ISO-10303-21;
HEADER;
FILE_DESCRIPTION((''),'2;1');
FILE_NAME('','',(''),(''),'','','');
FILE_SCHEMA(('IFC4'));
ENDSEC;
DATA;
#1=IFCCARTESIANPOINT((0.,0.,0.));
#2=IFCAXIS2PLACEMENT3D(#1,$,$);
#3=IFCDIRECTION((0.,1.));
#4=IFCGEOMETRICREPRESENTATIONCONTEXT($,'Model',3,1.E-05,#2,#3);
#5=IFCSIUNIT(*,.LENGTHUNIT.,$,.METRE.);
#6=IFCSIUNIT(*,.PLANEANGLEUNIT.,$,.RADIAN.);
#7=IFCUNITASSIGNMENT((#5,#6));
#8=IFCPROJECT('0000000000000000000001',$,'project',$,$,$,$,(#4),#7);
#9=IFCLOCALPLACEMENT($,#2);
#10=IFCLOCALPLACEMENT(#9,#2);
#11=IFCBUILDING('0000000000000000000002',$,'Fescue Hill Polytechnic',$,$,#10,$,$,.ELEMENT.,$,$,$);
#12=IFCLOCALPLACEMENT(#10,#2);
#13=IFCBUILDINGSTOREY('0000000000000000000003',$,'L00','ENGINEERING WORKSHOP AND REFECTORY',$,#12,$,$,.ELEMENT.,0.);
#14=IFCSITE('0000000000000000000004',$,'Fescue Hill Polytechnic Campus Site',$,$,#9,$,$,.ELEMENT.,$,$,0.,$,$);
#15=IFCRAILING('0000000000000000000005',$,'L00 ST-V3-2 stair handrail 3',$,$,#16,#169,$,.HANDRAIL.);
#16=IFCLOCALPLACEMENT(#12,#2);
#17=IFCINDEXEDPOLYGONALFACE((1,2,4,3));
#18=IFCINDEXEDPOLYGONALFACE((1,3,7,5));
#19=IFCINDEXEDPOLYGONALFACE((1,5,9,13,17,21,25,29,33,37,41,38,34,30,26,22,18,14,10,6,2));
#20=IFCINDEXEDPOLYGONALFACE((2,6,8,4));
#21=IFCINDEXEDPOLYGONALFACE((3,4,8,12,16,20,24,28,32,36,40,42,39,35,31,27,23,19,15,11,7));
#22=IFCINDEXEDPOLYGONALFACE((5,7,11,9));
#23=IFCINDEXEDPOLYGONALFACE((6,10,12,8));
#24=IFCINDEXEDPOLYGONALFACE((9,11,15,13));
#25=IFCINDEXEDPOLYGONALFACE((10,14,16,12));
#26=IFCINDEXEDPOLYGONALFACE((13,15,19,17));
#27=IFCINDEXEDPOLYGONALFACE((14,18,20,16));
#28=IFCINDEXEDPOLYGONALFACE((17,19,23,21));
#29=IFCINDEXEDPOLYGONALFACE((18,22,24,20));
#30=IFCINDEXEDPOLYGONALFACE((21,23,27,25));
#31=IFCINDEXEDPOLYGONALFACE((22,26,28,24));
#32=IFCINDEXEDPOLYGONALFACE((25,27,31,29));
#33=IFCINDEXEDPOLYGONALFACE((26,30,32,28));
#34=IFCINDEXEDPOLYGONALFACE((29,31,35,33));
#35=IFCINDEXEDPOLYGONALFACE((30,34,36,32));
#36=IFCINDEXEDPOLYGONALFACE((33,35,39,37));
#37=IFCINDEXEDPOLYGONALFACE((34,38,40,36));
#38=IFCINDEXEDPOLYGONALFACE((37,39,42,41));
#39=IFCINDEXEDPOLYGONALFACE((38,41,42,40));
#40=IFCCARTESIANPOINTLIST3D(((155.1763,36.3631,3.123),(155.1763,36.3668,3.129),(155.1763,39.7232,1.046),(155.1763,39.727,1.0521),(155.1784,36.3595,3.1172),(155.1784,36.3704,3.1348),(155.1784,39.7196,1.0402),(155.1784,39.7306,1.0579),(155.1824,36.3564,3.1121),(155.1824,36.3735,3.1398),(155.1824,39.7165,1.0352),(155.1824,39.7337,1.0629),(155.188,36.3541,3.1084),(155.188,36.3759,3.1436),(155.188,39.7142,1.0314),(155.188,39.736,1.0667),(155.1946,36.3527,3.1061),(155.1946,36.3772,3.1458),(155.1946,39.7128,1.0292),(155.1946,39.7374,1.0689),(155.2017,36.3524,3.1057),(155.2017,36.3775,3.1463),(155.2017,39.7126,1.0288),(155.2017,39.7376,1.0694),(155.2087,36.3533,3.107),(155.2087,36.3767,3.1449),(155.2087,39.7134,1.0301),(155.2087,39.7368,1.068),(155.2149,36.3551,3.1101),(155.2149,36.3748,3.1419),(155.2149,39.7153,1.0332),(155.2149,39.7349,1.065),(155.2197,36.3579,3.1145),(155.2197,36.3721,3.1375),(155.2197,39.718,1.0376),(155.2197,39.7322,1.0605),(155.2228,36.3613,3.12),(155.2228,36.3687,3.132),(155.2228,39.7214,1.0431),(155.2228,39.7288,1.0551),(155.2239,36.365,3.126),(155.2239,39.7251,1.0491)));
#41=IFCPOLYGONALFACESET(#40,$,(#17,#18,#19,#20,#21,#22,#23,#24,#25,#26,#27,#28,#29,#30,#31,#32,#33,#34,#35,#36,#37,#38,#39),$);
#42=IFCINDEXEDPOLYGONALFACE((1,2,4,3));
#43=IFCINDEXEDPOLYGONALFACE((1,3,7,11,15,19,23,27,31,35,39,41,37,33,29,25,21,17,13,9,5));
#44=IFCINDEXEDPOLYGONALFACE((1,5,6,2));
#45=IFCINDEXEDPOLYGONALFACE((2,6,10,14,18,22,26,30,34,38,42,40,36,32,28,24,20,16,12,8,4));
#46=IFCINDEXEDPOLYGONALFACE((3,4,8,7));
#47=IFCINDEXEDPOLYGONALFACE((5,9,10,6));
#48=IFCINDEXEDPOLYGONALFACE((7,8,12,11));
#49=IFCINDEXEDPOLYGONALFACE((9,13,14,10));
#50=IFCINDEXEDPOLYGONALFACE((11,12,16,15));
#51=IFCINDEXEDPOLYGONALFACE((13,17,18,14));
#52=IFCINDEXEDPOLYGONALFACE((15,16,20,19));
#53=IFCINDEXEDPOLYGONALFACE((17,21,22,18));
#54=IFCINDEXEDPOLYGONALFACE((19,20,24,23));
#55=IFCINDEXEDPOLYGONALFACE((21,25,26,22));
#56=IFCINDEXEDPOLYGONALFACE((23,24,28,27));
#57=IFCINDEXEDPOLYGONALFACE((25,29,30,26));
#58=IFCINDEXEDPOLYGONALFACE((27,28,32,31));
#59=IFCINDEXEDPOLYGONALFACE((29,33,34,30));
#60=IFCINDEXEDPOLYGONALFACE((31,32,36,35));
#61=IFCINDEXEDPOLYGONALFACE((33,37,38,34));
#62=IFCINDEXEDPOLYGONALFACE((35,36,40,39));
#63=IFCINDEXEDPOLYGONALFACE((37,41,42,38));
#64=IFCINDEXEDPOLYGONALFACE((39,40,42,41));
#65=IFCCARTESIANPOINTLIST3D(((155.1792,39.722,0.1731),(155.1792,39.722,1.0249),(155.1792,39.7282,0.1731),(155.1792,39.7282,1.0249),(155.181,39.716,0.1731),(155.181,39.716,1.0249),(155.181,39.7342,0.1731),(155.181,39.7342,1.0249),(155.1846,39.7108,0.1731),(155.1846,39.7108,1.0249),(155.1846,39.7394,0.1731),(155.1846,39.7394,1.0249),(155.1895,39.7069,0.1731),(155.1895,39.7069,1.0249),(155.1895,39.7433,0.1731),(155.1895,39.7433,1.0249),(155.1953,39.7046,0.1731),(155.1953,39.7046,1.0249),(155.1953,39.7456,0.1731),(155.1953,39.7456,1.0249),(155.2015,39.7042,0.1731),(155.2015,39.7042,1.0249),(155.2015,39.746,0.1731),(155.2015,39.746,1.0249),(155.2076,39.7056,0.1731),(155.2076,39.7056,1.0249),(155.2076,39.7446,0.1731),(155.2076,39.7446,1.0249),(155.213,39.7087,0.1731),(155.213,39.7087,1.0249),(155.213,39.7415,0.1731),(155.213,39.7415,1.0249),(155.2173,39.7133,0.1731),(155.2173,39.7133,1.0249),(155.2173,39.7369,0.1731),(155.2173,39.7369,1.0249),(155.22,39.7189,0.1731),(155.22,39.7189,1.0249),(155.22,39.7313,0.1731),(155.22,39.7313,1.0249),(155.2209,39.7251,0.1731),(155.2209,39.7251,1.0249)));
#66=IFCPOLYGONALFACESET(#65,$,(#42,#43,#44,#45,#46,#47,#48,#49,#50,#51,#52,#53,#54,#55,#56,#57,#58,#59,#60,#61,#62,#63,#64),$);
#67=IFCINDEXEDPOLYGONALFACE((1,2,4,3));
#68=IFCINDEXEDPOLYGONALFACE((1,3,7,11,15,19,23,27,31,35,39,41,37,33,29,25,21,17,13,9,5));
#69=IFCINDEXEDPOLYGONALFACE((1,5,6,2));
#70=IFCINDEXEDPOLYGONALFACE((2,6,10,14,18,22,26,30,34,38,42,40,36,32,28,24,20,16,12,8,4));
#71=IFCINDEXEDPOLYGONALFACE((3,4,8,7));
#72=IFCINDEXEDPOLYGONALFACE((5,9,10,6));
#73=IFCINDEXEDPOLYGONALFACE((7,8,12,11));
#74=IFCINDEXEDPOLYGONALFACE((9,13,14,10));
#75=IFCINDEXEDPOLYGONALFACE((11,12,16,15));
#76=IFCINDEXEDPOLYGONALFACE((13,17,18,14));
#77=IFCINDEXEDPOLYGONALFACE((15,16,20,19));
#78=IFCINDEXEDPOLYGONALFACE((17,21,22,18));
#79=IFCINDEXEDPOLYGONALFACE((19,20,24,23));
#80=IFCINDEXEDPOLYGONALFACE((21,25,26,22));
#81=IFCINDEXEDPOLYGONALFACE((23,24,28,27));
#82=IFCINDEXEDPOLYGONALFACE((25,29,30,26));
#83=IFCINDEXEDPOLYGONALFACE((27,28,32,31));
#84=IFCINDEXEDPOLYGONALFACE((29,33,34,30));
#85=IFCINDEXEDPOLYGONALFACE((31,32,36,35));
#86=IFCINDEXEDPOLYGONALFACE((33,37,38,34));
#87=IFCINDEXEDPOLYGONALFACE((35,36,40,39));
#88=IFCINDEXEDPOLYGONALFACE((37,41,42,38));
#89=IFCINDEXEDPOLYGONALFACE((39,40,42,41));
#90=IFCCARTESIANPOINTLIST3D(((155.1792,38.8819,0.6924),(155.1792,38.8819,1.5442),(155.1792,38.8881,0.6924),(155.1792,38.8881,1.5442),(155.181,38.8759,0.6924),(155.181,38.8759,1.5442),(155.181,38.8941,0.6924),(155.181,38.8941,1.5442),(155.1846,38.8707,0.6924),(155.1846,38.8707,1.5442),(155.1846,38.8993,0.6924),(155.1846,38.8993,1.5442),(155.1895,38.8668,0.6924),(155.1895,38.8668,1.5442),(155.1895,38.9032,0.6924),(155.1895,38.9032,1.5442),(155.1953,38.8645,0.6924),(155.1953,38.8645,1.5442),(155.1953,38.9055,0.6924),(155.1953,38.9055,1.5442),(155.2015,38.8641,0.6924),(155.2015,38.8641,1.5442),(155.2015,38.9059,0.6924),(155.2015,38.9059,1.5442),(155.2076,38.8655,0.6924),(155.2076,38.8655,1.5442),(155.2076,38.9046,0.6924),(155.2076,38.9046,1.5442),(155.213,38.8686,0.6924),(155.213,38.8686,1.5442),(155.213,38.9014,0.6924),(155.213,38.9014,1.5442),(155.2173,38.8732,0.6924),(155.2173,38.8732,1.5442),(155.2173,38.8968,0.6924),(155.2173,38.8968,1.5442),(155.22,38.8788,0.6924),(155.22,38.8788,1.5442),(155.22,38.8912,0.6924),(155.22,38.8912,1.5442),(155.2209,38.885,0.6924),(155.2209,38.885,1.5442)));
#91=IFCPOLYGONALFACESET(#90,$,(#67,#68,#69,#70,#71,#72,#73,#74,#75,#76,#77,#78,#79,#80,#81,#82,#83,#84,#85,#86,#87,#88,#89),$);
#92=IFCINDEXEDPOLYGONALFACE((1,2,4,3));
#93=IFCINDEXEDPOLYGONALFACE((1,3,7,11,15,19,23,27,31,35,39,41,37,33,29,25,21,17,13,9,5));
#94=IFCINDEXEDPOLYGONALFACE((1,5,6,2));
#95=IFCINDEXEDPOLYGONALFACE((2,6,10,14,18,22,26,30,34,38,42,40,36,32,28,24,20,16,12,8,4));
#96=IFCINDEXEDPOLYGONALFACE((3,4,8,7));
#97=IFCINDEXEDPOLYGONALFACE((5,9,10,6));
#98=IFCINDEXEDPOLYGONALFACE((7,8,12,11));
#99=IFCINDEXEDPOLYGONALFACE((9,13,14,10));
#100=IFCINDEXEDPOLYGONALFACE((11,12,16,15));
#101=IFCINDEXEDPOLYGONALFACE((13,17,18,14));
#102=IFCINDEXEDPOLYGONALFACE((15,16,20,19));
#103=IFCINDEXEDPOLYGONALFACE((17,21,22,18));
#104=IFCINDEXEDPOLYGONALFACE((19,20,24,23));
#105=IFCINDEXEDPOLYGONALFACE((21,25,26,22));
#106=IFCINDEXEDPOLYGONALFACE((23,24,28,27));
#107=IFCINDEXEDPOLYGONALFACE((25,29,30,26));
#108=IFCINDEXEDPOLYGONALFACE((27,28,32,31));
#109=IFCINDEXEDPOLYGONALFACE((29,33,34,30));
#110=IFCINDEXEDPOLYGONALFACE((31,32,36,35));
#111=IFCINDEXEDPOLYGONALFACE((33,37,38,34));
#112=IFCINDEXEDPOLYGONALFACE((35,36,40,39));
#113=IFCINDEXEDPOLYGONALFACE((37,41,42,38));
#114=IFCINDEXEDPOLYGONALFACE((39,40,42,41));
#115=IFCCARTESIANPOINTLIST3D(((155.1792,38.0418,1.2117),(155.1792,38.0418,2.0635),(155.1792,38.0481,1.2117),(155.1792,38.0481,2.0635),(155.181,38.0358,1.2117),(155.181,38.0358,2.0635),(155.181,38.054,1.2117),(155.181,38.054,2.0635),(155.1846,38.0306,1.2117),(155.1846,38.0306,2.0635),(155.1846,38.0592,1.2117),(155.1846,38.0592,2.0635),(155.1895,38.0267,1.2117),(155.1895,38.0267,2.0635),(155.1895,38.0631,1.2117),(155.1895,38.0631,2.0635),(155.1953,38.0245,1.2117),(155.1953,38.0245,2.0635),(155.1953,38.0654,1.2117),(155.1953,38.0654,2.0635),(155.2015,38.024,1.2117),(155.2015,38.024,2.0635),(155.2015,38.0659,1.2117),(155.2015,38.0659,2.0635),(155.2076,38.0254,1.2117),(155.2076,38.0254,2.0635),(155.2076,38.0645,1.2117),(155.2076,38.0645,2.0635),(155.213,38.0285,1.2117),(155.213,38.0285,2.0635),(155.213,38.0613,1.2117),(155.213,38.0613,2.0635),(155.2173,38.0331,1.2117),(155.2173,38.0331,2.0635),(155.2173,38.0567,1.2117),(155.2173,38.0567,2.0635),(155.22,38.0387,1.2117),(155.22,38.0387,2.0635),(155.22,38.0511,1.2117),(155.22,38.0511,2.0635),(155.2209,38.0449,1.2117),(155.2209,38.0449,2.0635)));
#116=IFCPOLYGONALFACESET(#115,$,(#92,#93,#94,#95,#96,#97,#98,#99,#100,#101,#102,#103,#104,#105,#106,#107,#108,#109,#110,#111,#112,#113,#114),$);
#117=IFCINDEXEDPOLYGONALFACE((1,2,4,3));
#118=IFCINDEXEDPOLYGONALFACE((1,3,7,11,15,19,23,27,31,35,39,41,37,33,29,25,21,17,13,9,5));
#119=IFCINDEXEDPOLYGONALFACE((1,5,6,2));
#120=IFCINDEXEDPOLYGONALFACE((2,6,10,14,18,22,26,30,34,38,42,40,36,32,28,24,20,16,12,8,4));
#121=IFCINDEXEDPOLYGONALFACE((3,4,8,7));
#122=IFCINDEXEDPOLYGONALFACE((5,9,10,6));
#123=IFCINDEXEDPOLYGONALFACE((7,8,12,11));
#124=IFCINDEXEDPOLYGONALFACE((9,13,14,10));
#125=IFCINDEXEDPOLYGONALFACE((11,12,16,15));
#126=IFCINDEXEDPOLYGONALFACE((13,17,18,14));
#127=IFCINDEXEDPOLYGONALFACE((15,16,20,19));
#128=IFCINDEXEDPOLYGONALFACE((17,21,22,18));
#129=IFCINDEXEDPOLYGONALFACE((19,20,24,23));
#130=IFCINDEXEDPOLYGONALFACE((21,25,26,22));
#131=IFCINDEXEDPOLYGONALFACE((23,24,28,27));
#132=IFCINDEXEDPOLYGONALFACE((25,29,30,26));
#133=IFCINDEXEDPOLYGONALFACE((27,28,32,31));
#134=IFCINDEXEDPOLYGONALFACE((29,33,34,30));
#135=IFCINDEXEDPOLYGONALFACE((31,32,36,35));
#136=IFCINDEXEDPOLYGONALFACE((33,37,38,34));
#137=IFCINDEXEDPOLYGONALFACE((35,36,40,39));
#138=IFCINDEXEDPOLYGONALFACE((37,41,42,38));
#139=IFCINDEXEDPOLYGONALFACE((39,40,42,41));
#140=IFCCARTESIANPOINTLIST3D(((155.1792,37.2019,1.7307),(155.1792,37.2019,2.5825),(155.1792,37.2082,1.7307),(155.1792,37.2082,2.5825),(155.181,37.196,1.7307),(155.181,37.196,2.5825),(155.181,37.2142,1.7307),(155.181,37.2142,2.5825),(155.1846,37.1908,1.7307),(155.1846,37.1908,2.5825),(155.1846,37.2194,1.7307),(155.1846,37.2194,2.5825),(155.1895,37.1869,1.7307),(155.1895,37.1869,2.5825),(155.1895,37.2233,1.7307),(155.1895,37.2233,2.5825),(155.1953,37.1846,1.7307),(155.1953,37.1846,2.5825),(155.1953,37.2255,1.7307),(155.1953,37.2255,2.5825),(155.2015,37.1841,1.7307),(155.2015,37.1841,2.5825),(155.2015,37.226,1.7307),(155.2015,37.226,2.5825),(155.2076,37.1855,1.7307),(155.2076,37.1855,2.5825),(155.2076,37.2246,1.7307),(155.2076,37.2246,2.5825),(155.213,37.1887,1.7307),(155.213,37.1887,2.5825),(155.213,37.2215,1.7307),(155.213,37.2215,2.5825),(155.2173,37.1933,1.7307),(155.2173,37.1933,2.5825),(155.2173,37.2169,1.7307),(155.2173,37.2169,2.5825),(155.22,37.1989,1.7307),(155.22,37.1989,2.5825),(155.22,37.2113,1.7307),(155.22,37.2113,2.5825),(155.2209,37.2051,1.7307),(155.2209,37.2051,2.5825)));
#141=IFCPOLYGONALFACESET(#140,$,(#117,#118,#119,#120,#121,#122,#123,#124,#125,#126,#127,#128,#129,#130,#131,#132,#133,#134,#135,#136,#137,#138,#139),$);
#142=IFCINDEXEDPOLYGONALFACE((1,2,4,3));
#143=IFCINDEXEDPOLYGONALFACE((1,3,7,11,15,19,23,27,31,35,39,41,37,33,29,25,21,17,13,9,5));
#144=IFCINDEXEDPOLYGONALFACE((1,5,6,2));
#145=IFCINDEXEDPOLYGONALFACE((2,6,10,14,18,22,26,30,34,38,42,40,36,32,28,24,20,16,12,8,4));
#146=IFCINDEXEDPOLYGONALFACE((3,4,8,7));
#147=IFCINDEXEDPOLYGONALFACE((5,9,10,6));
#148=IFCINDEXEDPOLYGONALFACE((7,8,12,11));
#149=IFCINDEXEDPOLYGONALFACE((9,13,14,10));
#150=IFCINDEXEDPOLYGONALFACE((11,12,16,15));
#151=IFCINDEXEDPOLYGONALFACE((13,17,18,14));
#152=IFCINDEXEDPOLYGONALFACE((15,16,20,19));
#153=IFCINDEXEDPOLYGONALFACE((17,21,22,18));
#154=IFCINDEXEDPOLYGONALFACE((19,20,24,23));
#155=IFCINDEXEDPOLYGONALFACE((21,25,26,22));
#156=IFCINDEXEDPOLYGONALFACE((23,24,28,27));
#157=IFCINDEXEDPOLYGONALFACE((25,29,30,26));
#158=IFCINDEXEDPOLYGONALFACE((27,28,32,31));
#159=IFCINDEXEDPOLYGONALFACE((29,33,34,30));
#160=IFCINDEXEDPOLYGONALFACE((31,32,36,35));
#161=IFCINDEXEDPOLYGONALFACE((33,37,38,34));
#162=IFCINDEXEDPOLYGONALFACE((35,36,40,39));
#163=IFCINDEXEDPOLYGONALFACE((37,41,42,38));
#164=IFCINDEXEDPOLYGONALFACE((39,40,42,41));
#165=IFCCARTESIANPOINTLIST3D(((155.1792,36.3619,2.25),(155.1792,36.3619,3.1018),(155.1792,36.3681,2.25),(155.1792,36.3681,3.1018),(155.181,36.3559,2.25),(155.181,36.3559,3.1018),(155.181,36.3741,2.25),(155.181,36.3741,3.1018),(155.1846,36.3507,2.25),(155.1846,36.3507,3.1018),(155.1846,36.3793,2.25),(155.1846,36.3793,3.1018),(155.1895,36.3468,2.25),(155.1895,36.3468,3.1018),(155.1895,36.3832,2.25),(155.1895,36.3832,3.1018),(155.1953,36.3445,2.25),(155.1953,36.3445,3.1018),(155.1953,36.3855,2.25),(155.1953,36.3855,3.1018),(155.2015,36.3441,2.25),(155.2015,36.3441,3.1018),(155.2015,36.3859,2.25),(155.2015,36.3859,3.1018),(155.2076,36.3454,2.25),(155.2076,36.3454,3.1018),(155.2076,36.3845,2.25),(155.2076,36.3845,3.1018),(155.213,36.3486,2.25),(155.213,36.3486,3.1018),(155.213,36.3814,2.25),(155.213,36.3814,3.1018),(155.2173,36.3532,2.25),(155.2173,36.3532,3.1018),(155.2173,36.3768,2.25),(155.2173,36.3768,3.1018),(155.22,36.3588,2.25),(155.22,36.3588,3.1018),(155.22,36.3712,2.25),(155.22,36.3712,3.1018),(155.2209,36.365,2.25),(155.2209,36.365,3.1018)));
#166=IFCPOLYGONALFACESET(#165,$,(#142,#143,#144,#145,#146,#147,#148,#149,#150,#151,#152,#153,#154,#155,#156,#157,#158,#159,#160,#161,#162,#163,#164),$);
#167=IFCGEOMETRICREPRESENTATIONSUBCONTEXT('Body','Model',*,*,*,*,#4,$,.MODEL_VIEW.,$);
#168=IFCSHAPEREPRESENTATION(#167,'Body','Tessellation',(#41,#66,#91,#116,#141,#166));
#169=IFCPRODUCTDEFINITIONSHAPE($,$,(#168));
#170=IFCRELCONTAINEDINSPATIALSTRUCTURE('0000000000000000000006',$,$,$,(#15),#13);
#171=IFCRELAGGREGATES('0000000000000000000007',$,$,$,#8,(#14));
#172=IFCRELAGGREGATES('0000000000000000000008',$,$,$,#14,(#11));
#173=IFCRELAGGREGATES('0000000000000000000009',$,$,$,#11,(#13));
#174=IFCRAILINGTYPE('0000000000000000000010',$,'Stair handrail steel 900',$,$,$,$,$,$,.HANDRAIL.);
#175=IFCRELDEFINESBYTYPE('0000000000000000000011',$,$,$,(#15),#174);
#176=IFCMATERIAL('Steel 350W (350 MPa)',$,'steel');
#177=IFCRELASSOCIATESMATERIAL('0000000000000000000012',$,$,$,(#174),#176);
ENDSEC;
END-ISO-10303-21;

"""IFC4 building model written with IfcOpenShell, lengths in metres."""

from ifc_helpers import new_model, si_unit, direction, frame, origin, origin_2d, place, context, subcontext, project, spatial, circle, extrude, material, type_object, element, save


model = new_model("IFC4")

# Units and contexts
model_context = context("Model", 3, precision=1e-05, world=origin(), true_north=direction((0.0, 1.0)))
body_context = subcontext(model_context, "Body", "Model", "MODEL_VIEW")
ifc_project = project(units=[si_unit("LENGTHUNIT", "METRE"), si_unit("PLANEANGLEUNIT", "RADIAN")], contexts=[model_context])

# Site, building, storey
site_placement = place(None, origin())
site = spatial("IfcSite", under=ifc_project, at=site_placement, Name="Fescue Hill Polytechnic Campus Site", CompositionType="ELEMENT", RefElevation=0.0)
building_placement = place(site_placement, origin())
building = spatial("IfcBuilding", under=site, at=building_placement, Name="Fescue Hill Polytechnic", CompositionType="ELEMENT")
storey_placement = place(building_placement, origin())
storey = spatial("IfcBuildingStorey", under=building, at=storey_placement, Name="L00", Description="ENGINEERING WORKSHOP AND REFECTORY", CompositionType="ELEMENT", Elevation=0.0)

# Railing
ifc_material_1 = material(Name="Steel 350W (350 MPa)", Category="steel")
railing_type_1 = type_object("IfcRailingType", Name="Stair handrail steel 900", PredefinedType="HANDRAIL", material=ifc_material_1)
railing_1_placement = place(storey_placement, frame((155.2, 39.7251, 0.1731)))
element("IfcRailing", 1, at=railing_1_placement, inside=storey, type_object=railing_type_1, Name="L00 ST-V3-2 stair handrail 3", PredefinedType="HANDRAIL", context=body_context, shape_type="SweptSolid", body=[
    extrude(circle(Radius=0.0239, at=origin_2d()), frame((0.0, 0.0, 0.876), z_axis=(0.0, -0.850623, 0.525776), x_axis=(1.0, 0.0, 0.0)), (0.0, 0.0, 1.0), 3.9502),
    extrude(circle(Radius=0.021, at=origin_2d()), origin(), (0.0, 0.0, 1.0), 0.8518),
    extrude(circle(Radius=0.021, at=origin_2d()), frame((0.0, -0.8401, 0.5193)), (0.0, 0.0, 1.0), 0.8518),
    extrude(circle(Radius=0.021, at=origin_2d()), frame((0.0, -1.6802, 1.0386)), (0.0, 0.0, 1.0), 0.8518),
    extrude(circle(Radius=0.021, at=origin_2d()), frame((0.0, -2.52, 1.5576)), (0.0, 0.0, 1.0), 0.8518),
    extrude(circle(Radius=0.021, at=origin_2d()), frame((0.0, -3.3601, 2.0769)), (0.0, 0.0, 1.0), 0.8518),
])

save(model, "model.ifc")
